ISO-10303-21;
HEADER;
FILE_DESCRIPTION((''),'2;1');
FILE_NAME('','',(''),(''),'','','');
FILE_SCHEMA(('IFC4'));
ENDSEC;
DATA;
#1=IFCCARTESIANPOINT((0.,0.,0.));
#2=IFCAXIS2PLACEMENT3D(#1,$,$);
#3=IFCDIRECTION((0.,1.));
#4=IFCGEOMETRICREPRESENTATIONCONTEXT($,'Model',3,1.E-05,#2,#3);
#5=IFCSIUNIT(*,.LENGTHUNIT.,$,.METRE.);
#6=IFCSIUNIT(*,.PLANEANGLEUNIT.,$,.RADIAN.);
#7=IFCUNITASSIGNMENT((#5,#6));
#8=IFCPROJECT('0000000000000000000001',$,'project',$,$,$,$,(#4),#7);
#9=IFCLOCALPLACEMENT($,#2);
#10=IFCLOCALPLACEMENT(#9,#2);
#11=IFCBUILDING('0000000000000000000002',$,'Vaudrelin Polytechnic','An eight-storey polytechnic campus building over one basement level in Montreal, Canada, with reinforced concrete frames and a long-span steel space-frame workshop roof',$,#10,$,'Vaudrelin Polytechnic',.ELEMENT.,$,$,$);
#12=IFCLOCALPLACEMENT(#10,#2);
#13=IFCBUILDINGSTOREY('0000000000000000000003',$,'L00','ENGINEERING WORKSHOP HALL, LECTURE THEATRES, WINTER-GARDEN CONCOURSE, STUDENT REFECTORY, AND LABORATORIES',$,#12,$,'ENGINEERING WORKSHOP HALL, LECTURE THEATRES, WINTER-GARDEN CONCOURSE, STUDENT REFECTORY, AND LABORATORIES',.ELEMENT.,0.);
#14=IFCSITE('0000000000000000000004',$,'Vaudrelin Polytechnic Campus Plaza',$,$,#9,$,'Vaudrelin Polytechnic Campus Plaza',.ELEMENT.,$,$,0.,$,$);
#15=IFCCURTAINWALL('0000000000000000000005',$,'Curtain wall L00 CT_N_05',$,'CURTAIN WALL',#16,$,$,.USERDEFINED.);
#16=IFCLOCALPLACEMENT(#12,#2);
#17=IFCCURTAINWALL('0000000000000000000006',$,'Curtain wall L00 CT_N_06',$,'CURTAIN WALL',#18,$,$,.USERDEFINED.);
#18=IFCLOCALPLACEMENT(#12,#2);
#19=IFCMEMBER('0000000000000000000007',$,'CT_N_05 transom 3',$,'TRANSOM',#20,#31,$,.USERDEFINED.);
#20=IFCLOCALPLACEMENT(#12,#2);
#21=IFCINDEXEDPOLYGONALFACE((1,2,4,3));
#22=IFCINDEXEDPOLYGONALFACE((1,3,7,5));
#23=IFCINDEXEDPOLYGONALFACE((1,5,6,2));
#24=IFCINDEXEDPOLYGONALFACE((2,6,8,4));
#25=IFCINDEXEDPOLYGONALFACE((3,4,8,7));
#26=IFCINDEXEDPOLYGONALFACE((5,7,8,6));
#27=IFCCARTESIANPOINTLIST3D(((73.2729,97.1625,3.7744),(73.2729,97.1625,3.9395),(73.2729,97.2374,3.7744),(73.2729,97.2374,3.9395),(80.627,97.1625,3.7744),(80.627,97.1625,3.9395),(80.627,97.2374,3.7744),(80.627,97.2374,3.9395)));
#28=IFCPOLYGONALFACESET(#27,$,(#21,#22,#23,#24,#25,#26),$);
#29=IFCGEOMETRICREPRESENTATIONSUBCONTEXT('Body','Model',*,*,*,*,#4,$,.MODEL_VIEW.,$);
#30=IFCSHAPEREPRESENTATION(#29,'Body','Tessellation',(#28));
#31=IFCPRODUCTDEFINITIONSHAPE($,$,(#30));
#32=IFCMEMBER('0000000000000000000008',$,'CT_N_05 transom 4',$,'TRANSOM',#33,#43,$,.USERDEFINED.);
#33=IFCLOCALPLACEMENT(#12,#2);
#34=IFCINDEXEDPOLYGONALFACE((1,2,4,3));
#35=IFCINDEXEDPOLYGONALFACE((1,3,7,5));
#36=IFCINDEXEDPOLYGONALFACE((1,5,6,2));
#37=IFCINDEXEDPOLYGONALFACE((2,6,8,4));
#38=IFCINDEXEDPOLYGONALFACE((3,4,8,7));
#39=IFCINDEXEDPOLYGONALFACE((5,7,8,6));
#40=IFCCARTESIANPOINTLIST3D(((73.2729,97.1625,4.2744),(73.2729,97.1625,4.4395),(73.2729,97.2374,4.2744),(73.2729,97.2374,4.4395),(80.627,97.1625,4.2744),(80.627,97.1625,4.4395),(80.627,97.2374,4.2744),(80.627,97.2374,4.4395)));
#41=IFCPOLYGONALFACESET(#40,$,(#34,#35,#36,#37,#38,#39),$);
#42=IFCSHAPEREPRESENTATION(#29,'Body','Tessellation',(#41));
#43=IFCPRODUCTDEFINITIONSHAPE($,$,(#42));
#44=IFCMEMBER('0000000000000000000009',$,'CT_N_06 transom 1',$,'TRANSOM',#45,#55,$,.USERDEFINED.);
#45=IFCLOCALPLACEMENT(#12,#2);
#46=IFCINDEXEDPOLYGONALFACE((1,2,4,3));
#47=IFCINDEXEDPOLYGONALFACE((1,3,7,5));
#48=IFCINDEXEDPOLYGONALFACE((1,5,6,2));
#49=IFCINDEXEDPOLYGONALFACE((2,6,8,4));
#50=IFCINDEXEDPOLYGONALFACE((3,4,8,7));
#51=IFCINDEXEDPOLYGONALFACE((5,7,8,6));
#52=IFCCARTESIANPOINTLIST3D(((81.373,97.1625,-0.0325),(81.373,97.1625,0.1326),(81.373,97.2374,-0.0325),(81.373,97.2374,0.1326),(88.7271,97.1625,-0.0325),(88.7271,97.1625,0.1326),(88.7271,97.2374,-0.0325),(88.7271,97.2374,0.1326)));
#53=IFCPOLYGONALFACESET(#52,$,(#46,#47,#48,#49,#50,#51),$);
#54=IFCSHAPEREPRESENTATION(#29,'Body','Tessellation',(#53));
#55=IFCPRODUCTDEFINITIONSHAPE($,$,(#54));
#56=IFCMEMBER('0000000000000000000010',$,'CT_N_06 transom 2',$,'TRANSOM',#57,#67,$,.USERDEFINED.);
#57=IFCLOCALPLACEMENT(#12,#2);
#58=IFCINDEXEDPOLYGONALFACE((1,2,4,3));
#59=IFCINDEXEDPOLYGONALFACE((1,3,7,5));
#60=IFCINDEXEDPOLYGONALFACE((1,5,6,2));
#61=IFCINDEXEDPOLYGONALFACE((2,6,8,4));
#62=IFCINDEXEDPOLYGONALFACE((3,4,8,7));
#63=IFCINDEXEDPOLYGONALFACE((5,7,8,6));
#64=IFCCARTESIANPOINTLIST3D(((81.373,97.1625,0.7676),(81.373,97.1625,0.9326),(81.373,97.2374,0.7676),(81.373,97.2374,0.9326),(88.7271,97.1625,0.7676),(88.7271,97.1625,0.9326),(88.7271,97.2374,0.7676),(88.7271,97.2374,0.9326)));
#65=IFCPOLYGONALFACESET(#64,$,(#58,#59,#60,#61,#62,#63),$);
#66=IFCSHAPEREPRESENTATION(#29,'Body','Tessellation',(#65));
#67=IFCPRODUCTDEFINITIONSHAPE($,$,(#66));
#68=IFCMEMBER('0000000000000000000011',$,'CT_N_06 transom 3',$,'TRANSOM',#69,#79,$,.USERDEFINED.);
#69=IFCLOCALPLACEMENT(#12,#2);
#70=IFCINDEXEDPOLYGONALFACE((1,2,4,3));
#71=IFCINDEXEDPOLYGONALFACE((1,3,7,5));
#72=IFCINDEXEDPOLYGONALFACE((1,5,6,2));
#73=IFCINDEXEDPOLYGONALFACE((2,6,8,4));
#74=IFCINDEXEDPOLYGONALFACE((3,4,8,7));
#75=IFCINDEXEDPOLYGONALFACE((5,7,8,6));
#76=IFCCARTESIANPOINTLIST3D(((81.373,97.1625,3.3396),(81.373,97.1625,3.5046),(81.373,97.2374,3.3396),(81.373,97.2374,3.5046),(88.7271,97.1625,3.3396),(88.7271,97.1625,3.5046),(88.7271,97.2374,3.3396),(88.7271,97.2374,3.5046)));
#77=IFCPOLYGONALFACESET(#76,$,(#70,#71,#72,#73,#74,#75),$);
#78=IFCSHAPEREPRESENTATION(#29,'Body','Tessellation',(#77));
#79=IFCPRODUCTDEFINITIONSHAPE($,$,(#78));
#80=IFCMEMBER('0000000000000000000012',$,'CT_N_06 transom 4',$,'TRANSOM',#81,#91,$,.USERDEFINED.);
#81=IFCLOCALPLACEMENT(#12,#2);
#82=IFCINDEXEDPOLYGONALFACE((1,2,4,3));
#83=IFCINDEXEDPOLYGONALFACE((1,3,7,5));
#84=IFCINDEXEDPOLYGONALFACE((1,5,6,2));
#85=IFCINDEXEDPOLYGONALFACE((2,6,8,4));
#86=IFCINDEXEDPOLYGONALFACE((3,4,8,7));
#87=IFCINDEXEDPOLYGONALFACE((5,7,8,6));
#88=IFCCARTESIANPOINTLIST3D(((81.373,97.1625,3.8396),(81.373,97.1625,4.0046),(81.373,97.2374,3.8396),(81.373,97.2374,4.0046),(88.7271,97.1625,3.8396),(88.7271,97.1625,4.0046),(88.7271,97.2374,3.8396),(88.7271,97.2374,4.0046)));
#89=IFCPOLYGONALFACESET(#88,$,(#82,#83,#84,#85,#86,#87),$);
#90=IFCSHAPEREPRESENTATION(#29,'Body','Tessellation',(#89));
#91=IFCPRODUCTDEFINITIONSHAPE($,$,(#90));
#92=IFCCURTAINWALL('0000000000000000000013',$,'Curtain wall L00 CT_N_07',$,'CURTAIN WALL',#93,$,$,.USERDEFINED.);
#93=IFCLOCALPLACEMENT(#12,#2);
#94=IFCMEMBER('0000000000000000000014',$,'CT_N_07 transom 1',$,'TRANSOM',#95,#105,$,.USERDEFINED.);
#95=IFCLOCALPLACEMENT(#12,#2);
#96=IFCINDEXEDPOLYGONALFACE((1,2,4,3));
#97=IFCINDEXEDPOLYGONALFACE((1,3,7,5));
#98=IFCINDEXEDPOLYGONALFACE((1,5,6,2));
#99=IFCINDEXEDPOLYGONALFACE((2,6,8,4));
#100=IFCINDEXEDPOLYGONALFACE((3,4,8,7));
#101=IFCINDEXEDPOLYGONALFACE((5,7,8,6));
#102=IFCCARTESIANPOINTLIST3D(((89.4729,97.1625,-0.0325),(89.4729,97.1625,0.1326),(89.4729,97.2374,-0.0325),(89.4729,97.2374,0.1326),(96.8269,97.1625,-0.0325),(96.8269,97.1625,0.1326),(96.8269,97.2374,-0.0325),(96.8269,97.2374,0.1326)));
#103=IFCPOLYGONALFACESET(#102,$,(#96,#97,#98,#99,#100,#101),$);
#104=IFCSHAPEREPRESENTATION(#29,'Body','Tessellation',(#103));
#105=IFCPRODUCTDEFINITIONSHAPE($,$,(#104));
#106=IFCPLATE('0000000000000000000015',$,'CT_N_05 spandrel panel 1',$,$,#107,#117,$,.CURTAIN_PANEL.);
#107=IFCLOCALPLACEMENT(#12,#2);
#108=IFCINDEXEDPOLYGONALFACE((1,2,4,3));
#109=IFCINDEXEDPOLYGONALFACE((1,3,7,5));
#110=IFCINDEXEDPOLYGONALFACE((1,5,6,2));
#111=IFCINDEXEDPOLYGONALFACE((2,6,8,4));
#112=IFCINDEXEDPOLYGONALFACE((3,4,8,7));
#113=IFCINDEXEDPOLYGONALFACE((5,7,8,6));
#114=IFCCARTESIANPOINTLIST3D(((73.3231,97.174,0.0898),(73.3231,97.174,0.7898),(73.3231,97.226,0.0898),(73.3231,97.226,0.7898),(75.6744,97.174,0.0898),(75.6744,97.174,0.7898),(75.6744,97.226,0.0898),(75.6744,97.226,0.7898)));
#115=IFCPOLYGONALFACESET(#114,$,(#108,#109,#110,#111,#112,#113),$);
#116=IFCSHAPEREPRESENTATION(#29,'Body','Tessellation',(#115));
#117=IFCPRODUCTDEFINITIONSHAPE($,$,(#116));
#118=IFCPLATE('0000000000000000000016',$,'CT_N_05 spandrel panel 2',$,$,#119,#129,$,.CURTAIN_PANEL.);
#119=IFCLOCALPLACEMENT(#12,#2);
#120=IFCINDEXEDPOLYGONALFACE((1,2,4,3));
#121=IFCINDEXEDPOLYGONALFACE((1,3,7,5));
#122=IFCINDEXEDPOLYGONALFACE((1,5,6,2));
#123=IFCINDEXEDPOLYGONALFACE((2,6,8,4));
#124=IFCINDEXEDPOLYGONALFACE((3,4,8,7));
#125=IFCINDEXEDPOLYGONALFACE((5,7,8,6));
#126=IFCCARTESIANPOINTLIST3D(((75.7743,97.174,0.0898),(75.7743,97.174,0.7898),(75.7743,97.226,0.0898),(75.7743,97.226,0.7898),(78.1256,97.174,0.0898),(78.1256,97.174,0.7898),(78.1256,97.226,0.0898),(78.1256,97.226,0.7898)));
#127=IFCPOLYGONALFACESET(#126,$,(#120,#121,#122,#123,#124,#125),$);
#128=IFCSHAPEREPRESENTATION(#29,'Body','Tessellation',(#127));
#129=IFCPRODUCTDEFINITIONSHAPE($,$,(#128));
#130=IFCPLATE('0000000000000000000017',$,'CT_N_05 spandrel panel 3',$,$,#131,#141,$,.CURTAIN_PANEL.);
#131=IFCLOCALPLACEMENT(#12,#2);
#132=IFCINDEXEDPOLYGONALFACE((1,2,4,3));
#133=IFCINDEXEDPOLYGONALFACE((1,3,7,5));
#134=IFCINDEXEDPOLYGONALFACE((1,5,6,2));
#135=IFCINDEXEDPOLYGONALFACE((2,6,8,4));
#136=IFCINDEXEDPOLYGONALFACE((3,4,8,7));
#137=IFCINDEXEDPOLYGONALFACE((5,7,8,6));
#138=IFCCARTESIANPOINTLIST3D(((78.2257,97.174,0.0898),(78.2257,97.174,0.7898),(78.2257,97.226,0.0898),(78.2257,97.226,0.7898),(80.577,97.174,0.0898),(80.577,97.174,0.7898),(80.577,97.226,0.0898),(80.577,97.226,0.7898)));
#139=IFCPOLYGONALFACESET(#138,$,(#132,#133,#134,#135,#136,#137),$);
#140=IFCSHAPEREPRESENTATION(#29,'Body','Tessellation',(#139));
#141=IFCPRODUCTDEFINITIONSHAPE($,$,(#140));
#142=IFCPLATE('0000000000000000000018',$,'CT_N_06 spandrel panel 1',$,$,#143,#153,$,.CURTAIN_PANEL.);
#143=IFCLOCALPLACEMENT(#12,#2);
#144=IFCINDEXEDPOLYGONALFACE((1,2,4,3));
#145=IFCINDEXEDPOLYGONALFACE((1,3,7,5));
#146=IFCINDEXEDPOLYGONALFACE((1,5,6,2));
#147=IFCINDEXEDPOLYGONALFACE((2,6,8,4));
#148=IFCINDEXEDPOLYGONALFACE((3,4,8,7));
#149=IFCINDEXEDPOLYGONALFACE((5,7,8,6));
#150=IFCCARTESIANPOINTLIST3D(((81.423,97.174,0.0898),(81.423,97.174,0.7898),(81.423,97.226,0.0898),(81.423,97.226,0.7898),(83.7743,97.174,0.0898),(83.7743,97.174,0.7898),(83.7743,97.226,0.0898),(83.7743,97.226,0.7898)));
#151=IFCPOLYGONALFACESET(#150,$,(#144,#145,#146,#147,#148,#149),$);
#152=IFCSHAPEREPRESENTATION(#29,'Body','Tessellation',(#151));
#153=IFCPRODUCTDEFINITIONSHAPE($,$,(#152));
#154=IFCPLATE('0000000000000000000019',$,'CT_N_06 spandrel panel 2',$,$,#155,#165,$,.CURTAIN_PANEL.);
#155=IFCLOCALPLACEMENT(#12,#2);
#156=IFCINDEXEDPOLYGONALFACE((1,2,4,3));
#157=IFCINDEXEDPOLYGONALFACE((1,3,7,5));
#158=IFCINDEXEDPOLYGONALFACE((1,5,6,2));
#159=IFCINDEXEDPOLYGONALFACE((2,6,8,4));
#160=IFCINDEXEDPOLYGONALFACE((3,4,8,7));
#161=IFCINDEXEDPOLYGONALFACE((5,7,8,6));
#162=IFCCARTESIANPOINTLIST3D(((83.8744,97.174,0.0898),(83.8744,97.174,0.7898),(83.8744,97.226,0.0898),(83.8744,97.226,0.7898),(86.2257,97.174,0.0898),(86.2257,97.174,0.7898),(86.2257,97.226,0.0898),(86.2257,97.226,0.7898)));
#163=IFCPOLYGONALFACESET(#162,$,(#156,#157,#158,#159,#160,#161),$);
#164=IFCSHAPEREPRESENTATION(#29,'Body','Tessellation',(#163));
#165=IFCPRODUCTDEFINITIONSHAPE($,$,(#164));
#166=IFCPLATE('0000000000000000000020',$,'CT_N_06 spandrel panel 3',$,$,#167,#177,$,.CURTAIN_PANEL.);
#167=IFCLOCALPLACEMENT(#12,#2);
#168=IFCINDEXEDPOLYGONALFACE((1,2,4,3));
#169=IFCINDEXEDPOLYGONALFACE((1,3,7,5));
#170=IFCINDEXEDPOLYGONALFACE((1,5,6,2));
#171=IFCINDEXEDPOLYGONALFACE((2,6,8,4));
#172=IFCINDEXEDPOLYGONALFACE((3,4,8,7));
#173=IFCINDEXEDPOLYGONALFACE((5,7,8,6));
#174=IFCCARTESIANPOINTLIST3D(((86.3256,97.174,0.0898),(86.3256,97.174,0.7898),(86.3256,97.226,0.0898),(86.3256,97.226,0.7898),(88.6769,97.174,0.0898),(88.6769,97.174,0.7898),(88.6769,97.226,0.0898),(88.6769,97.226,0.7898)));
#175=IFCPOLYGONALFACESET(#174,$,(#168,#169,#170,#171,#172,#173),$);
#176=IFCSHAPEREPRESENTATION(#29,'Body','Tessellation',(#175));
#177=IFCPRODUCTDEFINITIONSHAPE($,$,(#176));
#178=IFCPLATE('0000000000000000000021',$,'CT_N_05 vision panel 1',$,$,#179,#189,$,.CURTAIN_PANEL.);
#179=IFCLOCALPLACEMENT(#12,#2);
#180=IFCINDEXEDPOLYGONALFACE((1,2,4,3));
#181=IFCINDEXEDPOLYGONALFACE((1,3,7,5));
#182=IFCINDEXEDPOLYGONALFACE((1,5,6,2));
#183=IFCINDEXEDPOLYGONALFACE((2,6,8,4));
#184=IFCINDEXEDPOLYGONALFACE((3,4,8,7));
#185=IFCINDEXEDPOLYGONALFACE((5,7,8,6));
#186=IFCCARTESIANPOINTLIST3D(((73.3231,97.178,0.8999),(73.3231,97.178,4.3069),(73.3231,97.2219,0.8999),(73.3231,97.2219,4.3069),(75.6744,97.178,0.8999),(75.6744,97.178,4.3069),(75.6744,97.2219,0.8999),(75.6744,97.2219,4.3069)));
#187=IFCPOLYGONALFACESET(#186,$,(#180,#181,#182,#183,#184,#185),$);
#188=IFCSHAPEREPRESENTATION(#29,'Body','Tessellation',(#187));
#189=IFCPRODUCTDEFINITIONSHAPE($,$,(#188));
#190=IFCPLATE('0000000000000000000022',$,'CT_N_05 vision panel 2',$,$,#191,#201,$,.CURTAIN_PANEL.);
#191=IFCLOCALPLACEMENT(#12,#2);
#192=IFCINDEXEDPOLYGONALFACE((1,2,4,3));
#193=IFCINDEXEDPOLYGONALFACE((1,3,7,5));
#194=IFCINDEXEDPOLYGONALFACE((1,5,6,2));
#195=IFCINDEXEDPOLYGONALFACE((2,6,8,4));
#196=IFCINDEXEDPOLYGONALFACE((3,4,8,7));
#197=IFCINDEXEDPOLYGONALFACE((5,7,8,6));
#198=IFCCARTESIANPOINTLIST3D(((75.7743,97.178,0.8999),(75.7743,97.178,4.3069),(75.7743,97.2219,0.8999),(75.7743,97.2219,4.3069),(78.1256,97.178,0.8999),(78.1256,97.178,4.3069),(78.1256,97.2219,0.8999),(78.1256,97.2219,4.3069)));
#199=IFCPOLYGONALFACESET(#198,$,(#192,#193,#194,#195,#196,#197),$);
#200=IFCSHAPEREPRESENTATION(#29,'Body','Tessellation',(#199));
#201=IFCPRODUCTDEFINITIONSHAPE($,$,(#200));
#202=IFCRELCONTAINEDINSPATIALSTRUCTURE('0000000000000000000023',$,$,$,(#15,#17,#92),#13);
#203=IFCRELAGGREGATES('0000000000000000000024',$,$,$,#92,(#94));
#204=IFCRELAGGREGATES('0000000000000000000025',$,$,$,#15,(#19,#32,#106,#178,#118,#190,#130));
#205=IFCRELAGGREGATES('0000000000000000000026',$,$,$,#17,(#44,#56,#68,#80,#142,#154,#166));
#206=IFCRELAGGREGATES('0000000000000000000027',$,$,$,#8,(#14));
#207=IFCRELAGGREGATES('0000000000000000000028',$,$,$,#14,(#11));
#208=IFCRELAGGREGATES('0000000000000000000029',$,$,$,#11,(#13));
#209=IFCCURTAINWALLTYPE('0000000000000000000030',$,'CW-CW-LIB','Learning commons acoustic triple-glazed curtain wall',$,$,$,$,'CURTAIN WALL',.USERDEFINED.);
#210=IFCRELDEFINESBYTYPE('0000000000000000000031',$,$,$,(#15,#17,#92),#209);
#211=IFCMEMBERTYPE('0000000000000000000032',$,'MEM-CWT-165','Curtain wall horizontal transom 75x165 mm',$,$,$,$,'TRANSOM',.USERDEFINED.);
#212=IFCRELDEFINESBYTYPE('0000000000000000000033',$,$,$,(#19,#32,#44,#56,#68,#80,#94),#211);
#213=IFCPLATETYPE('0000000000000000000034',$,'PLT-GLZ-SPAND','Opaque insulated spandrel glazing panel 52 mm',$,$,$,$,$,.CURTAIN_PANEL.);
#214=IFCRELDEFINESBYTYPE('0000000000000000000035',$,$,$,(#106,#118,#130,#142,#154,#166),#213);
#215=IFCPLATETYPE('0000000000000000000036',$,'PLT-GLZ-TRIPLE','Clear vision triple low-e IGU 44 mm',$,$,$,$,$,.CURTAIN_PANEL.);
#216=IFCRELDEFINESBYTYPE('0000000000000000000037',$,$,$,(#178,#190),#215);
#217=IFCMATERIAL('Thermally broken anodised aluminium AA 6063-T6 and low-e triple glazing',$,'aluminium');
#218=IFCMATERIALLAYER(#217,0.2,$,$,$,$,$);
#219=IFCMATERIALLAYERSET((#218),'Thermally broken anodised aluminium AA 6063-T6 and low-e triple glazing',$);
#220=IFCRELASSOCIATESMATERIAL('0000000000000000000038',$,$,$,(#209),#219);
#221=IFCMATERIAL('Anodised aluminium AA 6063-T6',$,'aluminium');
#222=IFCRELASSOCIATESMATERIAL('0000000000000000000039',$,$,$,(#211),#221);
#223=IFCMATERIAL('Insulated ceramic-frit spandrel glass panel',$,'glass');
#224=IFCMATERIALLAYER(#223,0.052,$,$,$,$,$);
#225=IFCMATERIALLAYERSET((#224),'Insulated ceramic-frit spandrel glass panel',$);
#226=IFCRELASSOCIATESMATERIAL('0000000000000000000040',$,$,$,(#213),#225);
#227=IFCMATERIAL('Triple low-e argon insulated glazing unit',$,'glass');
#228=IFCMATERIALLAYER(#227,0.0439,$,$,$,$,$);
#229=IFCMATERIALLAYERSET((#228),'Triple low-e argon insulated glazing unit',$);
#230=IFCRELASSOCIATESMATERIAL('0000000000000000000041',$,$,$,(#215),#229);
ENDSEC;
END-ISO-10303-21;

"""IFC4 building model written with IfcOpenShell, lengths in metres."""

from ifc_helpers import new_model, si_unit, direction, frame, origin, origin_2d, place, context, subcontext, project, spatial, rectangle, extrude, material, layer, layer_set, material_profile, profile_set, type_object, element, aggregate, save


model = new_model("IFC4")

# Units and contexts
model_context = context("Model", 3, precision=1e-05, world=origin(), true_north=direction((0.0, 1.0)))
body_context = subcontext(model_context, "Body", "Model", "MODEL_VIEW")
ifc_project = project(units=[si_unit("LENGTHUNIT", "METRE"), si_unit("PLANEANGLEUNIT", "RADIAN")], contexts=[model_context])

# Site, building, storey
site_placement = place(None, origin())
site = spatial("IfcSite", under=ifc_project, at=site_placement, Name="Vaudrelin Polytechnic Campus Plaza", LongName="Vaudrelin Polytechnic Campus Plaza", CompositionType="ELEMENT", RefElevation=0.0)
building_placement = place(site_placement, origin())
building = spatial("IfcBuilding", under=site, at=building_placement, Name="Vaudrelin Polytechnic", Description="An eight-storey polytechnic campus building over one basement level in Montreal, Canada, with reinforced concrete frames and a long-span steel space-frame workshop roof", LongName="Vaudrelin Polytechnic", CompositionType="ELEMENT")
storey_placement = place(building_placement, origin())
storey = spatial("IfcBuildingStorey", under=building, at=storey_placement, Name="L00", Description="ENGINEERING WORKSHOP HALL, LECTURE THEATRES, WINTER-GARDEN CONCOURSE, STUDENT REFECTORY, AND LABORATORIES", LongName="ENGINEERING WORKSHOP HALL, LECTURE THEATRES, WINTER-GARDEN CONCOURSE, STUDENT REFECTORY, AND LABORATORIES", CompositionType="ELEMENT", Elevation=0.0)

# Curtain walls
ifc_material_1 = material(Name="Thermally broken anodised aluminium AA 6063-T6 and low-e triple glazing", Category="aluminium")
ifc_layer_1 = layer(ifc_material_1, 0.2)
ifc_layer_set_1 = layer_set([ifc_layer_1], Name="Thermally broken anodised aluminium AA 6063-T6 and low-e triple glazing")
curtain_wall_type = type_object("IfcCurtainWallType", Name="CW-CW-LIB", Description="Learning commons acoustic triple-glazed curtain wall", ElementType="CURTAIN WALL", PredefinedType="USERDEFINED", material=ifc_layer_set_1)
curtain_wall_1_placement = place(storey_placement, origin())
curtain_wall_1 = element("IfcCurtainWall", 1, at=curtain_wall_1_placement, inside=storey, type_object=curtain_wall_type, Name="Curtain wall L00 CT_N_05", ObjectType="CURTAIN WALL", PredefinedType="USERDEFINED")
ifc_material_2 = material(Name="Anodised aluminium AA 6063-T6", Category="aluminium")
curtain_wall_2_placement = place(storey_placement, origin())
curtain_wall_2 = element("IfcCurtainWall", 2, at=curtain_wall_2_placement, inside=storey, type_object=curtain_wall_type, Name="Curtain wall L00 CT_N_06", ObjectType="CURTAIN WALL", PredefinedType="USERDEFINED")

# Members
ifc_material_profile_1 = material_profile(ifc_material_2, rectangle(XDim=0.075, YDim=0.165, at=origin_2d()), Name="CWT-75x165")
ifc_profile_set_1 = profile_set([ifc_material_profile_1], Name="Anodised aluminium AA 6063-T6")
member_type_1 = type_object("IfcMemberType", Name="MEM-CWT-165", Description="Curtain wall horizontal transom 75x165 mm", ElementType="TRANSOM", PredefinedType="USERDEFINED", material=ifc_profile_set_1)
member_1_placement = place(storey_placement, frame((73.2729, 97.2, 3.8569), z_axis=(1.0, 0.0, 0.0), x_axis=(0.0, 1.0, 0.0)))
member_1 = element("IfcMember", 3, at=member_1_placement, type_object=member_type_1, Name="CT_N_05 transom 3", ObjectType="TRANSOM", PredefinedType="USERDEFINED", context=body_context, shape_type="SweptSolid", body=[
    extrude(rectangle(XDim=0.075, YDim=0.165, at=origin_2d()), origin(), (0.0, 0.0, 1.0), 7.354),
])
member_2_placement = place(storey_placement, frame((73.2729, 97.2, 4.3569), z_axis=(1.0, 0.0, 0.0), x_axis=(0.0, 1.0, 0.0)))
member_2 = element("IfcMember", 4, at=member_2_placement, type_object=member_type_1, Name="CT_N_05 transom 4", ObjectType="TRANSOM", PredefinedType="USERDEFINED", context=body_context, shape_type="SweptSolid", body=[
    extrude(rectangle(XDim=0.075, YDim=0.165, at=origin_2d()), origin(), (0.0, 0.0, 1.0), 7.354),
])
member_3_placement = place(storey_placement, frame((81.373, 97.2, 0.05), z_axis=(1.0, 0.0, 0.0), x_axis=(0.0, 1.0, 0.0)))
member_3 = element("IfcMember", 5, at=member_3_placement, type_object=member_type_1, Name="CT_N_06 transom 1", ObjectType="TRANSOM", PredefinedType="USERDEFINED", context=body_context, shape_type="SweptSolid", body=[
    extrude(rectangle(XDim=0.075, YDim=0.165, at=origin_2d()), origin(), (0.0, 0.0, 1.0), 7.354),
])
member_4_placement = place(storey_placement, frame((81.373, 97.2, 0.8501), z_axis=(1.0, 0.0, 0.0), x_axis=(0.0, 1.0, 0.0)))
member_4 = element("IfcMember", 6, at=member_4_placement, type_object=member_type_1, Name="CT_N_06 transom 2", ObjectType="TRANSOM", PredefinedType="USERDEFINED", context=body_context, shape_type="SweptSolid", body=[
    extrude(rectangle(XDim=0.075, YDim=0.165, at=origin_2d()), origin(), (0.0, 0.0, 1.0), 7.354),
])
member_5_placement = place(storey_placement, frame((81.373, 97.2, 3.4221), z_axis=(1.0, 0.0, 0.0), x_axis=(0.0, 1.0, 0.0)))
member_5 = element("IfcMember", 7, at=member_5_placement, type_object=member_type_1, Name="CT_N_06 transom 3", ObjectType="TRANSOM", PredefinedType="USERDEFINED", context=body_context, shape_type="SweptSolid", body=[
    extrude(rectangle(XDim=0.075, YDim=0.165, at=origin_2d()), origin(), (0.0, 0.0, 1.0), 7.354),
])
member_6_placement = place(storey_placement, frame((81.373, 97.2, 3.9221), z_axis=(1.0, 0.0, 0.0), x_axis=(0.0, 1.0, 0.0)))
member_6 = element("IfcMember", 8, at=member_6_placement, type_object=member_type_1, Name="CT_N_06 transom 4", ObjectType="TRANSOM", PredefinedType="USERDEFINED", context=body_context, shape_type="SweptSolid", body=[
    extrude(rectangle(XDim=0.075, YDim=0.165, at=origin_2d()), origin(), (0.0, 0.0, 1.0), 7.354),
])

# Curtain wall, member
curtain_wall_3_placement = place(storey_placement, origin())
curtain_wall_3 = element("IfcCurtainWall", 9, at=curtain_wall_3_placement, inside=storey, type_object=curtain_wall_type, Name="Curtain wall L00 CT_N_07", ObjectType="CURTAIN WALL", PredefinedType="USERDEFINED")
member_7_placement = place(storey_placement, frame((89.4729, 97.2, 0.05), z_axis=(1.0, 0.0, 0.0), x_axis=(0.0, 1.0, 0.0)))
member_7 = element("IfcMember", 10, at=member_7_placement, type_object=member_type_1, Name="CT_N_07 transom 1", ObjectType="TRANSOM", PredefinedType="USERDEFINED", context=body_context, shape_type="SweptSolid", body=[
    extrude(rectangle(XDim=0.075, YDim=0.165, at=origin_2d()), origin(), (0.0, 0.0, 1.0), 7.354),
])
aggregate(curtain_wall_3, [member_7])

# Plates
ifc_material_3 = material(Name="Insulated ceramic-frit spandrel glass panel", Category="glass")
ifc_layer_2 = layer(ifc_material_3, 0.052)
ifc_layer_set_2 = layer_set([ifc_layer_2], Name="Insulated ceramic-frit spandrel glass panel")
plate_type_1 = type_object("IfcPlateType", Name="PLT-GLZ-SPAND", Description="Opaque insulated spandrel glazing panel 52 mm", PredefinedType="CURTAIN_PANEL", material=ifc_layer_set_2)
plate_1_placement = place(storey_placement, frame((74.4988, 97.2, 0.0898), z_axis=(0.0, 0.0, 1.0), x_axis=(1.0, 0.0, 0.0)))
plate_1 = element("IfcPlate", 11, at=plate_1_placement, type_object=plate_type_1, Name="CT_N_05 spandrel panel 1", PredefinedType="CURTAIN_PANEL", context=body_context, shape_type="SweptSolid", body=[
    extrude(rectangle(XDim=2.3513, YDim=0.052, at=origin_2d()), origin(), (0.0, 0.0, 1.0), 0.7),
])
plate_2_placement = place(storey_placement, frame((76.95, 97.2, 0.0898), z_axis=(0.0, 0.0, 1.0), x_axis=(1.0, 0.0, 0.0)))
plate_2 = element("IfcPlate", 12, at=plate_2_placement, type_object=plate_type_1, Name="CT_N_05 spandrel panel 2", PredefinedType="CURTAIN_PANEL", context=body_context, shape_type="SweptSolid", body=[
    extrude(rectangle(XDim=2.3513, YDim=0.052, at=origin_2d()), origin(), (0.0, 0.0, 1.0), 0.7),
])
plate_3_placement = place(storey_placement, frame((79.4014, 97.2, 0.0898), z_axis=(0.0, 0.0, 1.0), x_axis=(1.0, 0.0, 0.0)))
plate_3 = element("IfcPlate", 13, at=plate_3_placement, type_object=plate_type_1, Name="CT_N_05 spandrel panel 3", PredefinedType="CURTAIN_PANEL", context=body_context, shape_type="SweptSolid", body=[
    extrude(rectangle(XDim=2.3513, YDim=0.052, at=origin_2d()), origin(), (0.0, 0.0, 1.0), 0.7),
])
plate_4_placement = place(storey_placement, frame((82.5986, 97.2, 0.0898), z_axis=(0.0, 0.0, 1.0), x_axis=(1.0, 0.0, 0.0)))
plate_4 = element("IfcPlate", 14, at=plate_4_placement, type_object=plate_type_1, Name="CT_N_06 spandrel panel 1", PredefinedType="CURTAIN_PANEL", context=body_context, shape_type="SweptSolid", body=[
    extrude(rectangle(XDim=2.3513, YDim=0.052, at=origin_2d()), origin(), (0.0, 0.0, 1.0), 0.7),
])
plate_5_placement = place(storey_placement, frame((85.05, 97.2, 0.0898), z_axis=(0.0, 0.0, 1.0), x_axis=(1.0, 0.0, 0.0)))
plate_5 = element("IfcPlate", 15, at=plate_5_placement, type_object=plate_type_1, Name="CT_N_06 spandrel panel 2", PredefinedType="CURTAIN_PANEL", context=body_context, shape_type="SweptSolid", body=[
    extrude(rectangle(XDim=2.3513, YDim=0.052, at=origin_2d()), origin(), (0.0, 0.0, 1.0), 0.7),
])
plate_6_placement = place(storey_placement, frame((87.5012, 97.2, 0.0898), z_axis=(0.0, 0.0, 1.0), x_axis=(1.0, 0.0, 0.0)))
plate_6 = element("IfcPlate", 16, at=plate_6_placement, type_object=plate_type_1, Name="CT_N_06 spandrel panel 3", PredefinedType="CURTAIN_PANEL", context=body_context, shape_type="SweptSolid", body=[
    extrude(rectangle(XDim=2.3513, YDim=0.052, at=origin_2d()), origin(), (0.0, 0.0, 1.0), 0.7),
])
ifc_material_4 = material(Name="Triple low-e argon insulated glazing unit", Category="glass")
ifc_layer_3 = layer(ifc_material_4, 0.0439)
ifc_layer_set_3 = layer_set([ifc_layer_3], Name="Triple low-e argon insulated glazing unit")
plate_type_2 = type_object("IfcPlateType", Name="PLT-GLZ-TRIPLE", Description="Clear vision triple low-e IGU 44 mm", PredefinedType="CURTAIN_PANEL", material=ifc_layer_set_3)
plate_7_placement = place(storey_placement, frame((74.4988, 97.2, 0.8999), z_axis=(0.0, 0.0, 1.0), x_axis=(1.0, 0.0, 0.0)))
plate_7 = element("IfcPlate", 17, at=plate_7_placement, type_object=plate_type_2, Name="CT_N_05 vision panel 1", PredefinedType="CURTAIN_PANEL", context=body_context, shape_type="SweptSolid", body=[
    extrude(rectangle(XDim=2.3513, YDim=0.0439, at=origin_2d()), origin(), (0.0, 0.0, 1.0), 3.407),
])
plate_8_placement = place(storey_placement, frame((76.95, 97.2, 0.8999), z_axis=(0.0, 0.0, 1.0), x_axis=(1.0, 0.0, 0.0)))
plate_8 = element("IfcPlate", 18, at=plate_8_placement, type_object=plate_type_2, Name="CT_N_05 vision panel 2", PredefinedType="CURTAIN_PANEL", context=body_context, shape_type="SweptSolid", body=[
    extrude(rectangle(XDim=2.3513, YDim=0.0439, at=origin_2d()), origin(), (0.0, 0.0, 1.0), 3.407),
])
aggregate(curtain_wall_1, [member_1, member_2, plate_1, plate_7, plate_2, plate_8, plate_3])
aggregate(curtain_wall_2, [member_3, member_4, member_5, member_6, plate_4, plate_5, plate_6])

save(model, "model.ifc")
